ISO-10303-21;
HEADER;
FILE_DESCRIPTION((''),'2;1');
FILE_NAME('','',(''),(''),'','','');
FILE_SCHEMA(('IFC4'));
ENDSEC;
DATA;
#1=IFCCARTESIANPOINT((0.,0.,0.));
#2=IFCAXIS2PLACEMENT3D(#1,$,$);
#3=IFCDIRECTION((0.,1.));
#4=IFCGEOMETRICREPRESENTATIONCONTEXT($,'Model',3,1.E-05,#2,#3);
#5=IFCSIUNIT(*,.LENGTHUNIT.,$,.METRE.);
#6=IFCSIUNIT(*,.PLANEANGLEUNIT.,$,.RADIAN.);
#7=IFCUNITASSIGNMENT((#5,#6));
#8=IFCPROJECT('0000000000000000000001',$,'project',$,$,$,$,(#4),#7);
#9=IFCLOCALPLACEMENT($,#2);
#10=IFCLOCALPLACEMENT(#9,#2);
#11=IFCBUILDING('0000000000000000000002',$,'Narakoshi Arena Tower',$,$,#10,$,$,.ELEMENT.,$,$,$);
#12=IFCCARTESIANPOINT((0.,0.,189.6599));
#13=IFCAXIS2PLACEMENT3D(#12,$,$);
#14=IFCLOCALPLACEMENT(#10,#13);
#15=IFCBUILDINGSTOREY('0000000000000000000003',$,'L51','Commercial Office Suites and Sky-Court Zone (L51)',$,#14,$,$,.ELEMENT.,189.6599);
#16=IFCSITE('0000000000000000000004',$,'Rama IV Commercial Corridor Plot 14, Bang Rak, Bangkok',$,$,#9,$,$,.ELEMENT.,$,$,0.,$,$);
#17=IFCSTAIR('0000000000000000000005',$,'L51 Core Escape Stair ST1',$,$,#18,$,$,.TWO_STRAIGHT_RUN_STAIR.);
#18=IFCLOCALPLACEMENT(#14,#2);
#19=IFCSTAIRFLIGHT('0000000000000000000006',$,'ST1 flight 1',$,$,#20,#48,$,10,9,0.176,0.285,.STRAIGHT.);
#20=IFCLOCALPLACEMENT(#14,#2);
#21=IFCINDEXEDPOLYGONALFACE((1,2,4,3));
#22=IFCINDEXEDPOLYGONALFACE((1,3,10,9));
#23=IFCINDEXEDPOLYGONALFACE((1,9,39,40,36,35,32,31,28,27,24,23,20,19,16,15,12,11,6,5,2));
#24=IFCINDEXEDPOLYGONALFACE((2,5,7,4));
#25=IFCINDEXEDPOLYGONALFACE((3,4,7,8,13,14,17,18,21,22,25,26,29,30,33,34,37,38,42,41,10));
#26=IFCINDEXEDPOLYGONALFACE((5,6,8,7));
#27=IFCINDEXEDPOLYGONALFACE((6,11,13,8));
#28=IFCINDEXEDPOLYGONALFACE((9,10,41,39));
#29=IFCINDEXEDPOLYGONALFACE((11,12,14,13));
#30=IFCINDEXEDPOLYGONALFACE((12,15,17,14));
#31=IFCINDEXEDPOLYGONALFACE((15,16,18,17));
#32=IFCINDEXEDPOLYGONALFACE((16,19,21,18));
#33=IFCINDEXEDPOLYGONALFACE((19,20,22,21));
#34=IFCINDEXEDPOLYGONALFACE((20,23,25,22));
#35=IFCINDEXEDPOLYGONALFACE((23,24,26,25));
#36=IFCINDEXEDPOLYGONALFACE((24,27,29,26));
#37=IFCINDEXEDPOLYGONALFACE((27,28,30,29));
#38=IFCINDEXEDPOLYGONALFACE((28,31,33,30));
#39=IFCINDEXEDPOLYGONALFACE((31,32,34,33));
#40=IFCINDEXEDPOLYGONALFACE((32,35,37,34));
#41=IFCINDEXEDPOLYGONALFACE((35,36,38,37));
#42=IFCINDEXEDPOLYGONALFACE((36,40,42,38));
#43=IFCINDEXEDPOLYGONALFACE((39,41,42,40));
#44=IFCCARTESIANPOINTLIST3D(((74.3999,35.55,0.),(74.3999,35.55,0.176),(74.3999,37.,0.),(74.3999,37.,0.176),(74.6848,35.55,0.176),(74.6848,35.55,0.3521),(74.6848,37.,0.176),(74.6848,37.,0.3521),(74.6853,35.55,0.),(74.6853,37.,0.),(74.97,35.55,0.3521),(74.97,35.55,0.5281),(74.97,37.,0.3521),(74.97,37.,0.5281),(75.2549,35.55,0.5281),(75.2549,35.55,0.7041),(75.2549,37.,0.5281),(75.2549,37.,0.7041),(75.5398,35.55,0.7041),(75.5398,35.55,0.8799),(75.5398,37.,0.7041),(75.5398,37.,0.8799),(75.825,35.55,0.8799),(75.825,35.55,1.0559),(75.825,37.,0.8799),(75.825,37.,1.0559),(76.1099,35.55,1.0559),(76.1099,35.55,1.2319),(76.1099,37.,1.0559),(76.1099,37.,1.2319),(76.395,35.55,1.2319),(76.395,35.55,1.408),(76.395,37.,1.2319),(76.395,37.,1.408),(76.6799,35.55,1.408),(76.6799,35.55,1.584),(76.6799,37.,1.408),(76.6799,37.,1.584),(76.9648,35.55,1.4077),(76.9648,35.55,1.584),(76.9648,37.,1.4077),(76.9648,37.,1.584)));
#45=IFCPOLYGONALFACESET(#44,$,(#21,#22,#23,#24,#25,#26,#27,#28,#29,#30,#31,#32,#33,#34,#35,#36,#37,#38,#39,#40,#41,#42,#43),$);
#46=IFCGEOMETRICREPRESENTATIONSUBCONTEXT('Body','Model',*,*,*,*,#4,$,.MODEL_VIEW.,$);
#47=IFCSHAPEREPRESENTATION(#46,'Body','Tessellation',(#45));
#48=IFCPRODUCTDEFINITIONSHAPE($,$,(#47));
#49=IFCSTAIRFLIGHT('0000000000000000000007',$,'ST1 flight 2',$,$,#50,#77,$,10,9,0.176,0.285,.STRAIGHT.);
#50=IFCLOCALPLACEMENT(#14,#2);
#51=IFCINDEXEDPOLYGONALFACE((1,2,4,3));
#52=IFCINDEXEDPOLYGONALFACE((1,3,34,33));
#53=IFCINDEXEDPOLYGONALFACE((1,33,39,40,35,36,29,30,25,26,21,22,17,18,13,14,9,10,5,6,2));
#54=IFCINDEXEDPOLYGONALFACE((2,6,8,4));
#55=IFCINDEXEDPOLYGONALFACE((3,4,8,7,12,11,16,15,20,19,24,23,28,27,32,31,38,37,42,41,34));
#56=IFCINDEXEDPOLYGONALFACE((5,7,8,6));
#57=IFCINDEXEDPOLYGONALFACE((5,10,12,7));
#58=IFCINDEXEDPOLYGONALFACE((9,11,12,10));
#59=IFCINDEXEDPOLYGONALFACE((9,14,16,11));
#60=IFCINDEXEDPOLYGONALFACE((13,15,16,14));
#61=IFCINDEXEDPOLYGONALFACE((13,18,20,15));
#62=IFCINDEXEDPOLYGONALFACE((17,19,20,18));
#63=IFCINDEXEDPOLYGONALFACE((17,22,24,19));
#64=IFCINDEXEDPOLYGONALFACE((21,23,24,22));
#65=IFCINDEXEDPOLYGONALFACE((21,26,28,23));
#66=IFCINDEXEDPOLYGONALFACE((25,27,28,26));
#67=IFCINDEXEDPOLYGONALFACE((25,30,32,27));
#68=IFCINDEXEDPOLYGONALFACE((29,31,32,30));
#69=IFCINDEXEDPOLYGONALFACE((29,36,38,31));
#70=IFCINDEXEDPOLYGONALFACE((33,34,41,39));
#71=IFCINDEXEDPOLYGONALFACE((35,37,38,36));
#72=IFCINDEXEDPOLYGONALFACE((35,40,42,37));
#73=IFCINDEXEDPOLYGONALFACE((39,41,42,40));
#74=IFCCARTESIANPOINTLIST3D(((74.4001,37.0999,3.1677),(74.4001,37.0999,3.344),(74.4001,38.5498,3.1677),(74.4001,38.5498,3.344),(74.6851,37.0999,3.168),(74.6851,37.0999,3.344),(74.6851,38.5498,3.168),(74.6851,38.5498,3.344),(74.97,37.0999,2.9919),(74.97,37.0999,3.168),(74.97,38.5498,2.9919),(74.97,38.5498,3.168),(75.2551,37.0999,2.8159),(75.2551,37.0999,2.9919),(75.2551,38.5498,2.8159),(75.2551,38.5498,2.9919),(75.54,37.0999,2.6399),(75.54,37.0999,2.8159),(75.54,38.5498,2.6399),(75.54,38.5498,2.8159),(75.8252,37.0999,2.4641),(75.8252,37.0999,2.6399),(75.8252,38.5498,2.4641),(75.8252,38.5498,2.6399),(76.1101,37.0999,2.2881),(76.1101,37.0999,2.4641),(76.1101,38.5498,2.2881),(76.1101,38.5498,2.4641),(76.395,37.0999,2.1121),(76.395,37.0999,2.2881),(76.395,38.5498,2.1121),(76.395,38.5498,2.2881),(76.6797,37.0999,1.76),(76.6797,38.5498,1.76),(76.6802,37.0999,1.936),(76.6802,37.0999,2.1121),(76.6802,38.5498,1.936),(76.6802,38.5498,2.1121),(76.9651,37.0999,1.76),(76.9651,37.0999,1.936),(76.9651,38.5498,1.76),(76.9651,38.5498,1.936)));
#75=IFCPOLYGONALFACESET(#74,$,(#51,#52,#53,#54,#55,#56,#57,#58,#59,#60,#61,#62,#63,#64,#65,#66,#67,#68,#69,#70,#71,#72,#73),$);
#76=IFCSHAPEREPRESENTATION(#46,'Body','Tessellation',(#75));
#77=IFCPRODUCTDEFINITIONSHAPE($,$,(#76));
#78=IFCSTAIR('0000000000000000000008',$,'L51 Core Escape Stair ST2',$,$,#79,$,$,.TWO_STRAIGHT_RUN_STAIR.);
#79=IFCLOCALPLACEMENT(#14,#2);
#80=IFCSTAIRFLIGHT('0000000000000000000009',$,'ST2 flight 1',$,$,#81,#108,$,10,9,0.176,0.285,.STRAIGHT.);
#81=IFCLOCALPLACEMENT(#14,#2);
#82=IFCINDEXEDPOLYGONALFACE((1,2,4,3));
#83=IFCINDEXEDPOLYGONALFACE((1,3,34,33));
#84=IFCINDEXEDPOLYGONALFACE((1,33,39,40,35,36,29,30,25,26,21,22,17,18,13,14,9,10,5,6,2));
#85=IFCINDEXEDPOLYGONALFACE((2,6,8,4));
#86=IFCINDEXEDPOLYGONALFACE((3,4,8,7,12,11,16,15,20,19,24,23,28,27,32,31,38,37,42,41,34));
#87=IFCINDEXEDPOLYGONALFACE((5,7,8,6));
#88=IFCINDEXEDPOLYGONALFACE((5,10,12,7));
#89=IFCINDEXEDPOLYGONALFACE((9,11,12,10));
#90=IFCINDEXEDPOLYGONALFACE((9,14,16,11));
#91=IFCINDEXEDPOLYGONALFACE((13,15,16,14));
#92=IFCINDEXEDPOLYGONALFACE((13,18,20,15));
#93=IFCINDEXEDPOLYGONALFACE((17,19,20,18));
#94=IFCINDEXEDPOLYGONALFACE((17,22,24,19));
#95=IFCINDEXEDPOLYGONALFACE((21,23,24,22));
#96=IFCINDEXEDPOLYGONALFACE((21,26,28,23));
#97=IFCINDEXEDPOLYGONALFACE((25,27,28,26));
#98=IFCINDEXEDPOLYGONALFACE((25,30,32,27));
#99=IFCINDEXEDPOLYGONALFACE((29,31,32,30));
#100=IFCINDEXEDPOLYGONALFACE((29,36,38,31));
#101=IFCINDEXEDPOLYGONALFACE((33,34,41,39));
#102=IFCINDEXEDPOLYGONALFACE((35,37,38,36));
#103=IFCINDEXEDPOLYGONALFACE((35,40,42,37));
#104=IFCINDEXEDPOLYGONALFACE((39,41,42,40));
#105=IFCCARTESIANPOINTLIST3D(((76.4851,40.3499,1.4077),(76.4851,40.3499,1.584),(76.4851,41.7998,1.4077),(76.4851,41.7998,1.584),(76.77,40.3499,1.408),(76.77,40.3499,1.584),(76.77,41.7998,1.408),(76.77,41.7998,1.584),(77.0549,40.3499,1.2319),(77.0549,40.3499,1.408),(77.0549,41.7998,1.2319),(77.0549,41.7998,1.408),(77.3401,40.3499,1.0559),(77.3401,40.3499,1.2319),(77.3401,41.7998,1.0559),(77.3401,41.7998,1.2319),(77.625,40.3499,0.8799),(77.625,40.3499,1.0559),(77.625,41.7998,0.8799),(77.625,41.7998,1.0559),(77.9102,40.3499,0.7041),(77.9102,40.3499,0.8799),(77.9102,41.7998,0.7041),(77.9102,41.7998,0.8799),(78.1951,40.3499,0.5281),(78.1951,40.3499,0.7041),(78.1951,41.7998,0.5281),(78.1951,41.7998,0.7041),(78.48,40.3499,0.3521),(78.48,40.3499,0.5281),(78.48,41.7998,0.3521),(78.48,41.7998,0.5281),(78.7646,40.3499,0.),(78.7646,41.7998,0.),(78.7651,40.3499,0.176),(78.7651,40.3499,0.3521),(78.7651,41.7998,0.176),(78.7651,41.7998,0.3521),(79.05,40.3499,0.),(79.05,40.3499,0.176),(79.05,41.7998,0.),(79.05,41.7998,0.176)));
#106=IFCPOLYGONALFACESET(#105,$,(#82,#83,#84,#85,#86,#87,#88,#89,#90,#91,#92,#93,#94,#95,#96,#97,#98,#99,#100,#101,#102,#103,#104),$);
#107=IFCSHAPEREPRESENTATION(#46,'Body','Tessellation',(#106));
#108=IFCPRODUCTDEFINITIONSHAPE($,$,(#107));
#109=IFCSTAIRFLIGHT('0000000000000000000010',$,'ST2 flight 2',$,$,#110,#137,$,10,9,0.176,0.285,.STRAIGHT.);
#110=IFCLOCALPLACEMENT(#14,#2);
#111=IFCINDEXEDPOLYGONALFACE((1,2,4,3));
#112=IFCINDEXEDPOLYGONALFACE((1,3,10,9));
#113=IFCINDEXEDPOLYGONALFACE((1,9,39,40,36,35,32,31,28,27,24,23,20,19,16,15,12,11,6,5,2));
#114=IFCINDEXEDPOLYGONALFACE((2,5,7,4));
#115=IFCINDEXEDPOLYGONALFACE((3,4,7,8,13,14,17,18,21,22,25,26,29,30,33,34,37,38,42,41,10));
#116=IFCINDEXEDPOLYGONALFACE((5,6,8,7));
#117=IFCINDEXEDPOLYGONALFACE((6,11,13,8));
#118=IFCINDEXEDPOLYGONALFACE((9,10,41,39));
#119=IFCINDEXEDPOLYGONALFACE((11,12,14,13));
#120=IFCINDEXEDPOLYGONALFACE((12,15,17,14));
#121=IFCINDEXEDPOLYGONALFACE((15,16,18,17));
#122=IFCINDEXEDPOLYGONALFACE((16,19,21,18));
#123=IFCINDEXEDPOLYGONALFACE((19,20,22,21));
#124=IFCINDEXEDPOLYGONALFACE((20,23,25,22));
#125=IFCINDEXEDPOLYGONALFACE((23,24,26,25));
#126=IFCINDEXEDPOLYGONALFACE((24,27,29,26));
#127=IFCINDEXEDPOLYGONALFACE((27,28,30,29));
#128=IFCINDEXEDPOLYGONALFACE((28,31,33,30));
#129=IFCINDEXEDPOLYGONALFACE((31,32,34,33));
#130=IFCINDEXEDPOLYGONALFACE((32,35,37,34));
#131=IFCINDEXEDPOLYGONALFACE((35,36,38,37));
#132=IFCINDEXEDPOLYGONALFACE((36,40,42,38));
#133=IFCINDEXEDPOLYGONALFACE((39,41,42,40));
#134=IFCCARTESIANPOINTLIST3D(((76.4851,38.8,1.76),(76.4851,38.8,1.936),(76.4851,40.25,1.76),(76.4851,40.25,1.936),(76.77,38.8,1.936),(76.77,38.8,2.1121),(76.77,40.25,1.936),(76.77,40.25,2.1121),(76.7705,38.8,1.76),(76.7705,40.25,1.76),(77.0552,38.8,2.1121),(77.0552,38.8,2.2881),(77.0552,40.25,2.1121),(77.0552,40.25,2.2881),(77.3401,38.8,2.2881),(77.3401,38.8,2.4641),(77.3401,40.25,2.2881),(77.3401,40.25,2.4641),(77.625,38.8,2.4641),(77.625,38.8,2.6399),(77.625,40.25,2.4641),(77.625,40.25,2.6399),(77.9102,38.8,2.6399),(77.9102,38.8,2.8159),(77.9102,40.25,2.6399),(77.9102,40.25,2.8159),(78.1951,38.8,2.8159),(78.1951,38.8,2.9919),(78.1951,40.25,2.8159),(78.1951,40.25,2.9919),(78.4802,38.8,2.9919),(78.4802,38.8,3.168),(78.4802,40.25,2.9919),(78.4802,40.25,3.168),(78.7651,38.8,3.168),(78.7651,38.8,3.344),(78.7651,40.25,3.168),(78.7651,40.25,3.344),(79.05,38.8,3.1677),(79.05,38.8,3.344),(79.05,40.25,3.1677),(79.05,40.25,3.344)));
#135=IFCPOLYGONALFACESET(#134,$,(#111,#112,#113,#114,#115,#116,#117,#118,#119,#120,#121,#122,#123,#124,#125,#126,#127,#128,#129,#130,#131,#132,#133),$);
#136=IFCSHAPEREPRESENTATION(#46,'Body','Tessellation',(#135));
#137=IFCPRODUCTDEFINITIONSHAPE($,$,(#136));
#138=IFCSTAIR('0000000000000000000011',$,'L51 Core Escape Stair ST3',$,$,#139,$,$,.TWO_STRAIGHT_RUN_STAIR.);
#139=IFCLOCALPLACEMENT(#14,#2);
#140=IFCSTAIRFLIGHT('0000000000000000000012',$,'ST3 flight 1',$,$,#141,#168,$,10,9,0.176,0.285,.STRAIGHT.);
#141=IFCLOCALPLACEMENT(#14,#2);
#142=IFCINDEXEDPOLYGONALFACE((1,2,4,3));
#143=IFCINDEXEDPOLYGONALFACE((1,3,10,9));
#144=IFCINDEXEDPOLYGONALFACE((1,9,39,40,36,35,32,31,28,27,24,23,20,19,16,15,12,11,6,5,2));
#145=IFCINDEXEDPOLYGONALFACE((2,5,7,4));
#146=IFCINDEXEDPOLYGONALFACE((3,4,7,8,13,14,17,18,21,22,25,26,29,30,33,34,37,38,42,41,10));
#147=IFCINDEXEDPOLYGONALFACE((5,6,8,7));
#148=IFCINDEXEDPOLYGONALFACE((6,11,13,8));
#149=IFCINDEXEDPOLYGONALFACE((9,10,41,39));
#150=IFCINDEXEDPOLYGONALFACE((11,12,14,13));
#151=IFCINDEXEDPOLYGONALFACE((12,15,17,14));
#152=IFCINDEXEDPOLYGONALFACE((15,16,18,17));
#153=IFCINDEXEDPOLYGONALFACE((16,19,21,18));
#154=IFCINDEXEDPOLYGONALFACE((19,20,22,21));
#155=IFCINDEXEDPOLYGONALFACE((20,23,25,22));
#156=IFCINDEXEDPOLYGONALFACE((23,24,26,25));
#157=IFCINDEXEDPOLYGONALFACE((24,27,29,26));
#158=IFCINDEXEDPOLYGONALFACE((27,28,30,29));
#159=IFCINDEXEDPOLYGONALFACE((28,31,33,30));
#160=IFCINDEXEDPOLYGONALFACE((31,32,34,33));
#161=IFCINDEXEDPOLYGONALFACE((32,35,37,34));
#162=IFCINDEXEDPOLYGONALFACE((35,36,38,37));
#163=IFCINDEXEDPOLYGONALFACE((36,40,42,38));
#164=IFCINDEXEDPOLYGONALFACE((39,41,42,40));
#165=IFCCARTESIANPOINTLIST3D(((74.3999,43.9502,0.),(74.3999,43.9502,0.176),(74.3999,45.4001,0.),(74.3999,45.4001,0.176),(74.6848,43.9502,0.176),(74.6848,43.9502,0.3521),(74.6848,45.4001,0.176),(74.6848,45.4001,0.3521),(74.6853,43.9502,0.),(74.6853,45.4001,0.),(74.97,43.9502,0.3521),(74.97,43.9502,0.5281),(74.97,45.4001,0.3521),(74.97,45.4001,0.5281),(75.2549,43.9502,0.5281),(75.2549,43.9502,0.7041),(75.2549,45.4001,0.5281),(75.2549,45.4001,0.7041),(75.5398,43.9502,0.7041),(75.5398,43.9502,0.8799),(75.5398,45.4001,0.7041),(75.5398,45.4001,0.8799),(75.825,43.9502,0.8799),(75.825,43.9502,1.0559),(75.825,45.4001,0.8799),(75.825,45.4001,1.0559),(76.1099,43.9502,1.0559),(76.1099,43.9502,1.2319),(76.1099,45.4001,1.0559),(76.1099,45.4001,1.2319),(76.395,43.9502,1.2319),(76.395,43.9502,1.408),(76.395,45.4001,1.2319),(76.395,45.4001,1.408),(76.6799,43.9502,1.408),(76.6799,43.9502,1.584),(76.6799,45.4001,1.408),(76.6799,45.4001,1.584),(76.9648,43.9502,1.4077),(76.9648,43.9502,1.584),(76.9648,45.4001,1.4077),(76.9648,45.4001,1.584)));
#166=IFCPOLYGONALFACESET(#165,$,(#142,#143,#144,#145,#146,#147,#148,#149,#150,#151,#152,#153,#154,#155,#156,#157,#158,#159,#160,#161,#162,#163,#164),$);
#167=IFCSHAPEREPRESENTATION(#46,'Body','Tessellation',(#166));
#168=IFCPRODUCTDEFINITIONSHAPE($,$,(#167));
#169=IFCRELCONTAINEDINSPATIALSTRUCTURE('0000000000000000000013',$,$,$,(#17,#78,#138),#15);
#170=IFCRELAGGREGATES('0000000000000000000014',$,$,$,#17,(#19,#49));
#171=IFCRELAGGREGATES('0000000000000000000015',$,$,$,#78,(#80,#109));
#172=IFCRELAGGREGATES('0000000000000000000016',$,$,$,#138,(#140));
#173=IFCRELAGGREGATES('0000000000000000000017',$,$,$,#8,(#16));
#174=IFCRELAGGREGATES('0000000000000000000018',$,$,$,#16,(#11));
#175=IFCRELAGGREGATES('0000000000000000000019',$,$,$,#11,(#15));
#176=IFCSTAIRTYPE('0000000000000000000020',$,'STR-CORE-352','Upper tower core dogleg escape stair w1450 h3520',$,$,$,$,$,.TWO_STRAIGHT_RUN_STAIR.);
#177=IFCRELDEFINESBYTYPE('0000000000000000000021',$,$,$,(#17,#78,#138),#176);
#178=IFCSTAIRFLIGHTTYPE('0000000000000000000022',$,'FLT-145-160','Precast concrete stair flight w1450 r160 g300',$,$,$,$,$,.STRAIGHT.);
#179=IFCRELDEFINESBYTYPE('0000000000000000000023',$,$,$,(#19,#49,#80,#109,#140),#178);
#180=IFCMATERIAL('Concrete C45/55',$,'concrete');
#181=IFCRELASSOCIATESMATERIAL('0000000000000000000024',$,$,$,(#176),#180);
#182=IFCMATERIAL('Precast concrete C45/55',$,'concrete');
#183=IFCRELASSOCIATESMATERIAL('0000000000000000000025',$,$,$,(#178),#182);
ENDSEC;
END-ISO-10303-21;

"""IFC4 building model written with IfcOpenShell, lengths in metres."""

from ifc_helpers import new_model, si_unit, direction, frame, origin, place, context, subcontext, project, spatial, polyline, outline, extrude, material, type_object, element, aggregate, save


model = new_model("IFC4")

# Units and contexts
model_context = context("Model", 3, precision=1e-05, world=origin(), true_north=direction((0.0, 1.0)))
body_context = subcontext(model_context, "Body", "Model", "MODEL_VIEW")
ifc_project = project(units=[si_unit("LENGTHUNIT", "METRE"), si_unit("PLANEANGLEUNIT", "RADIAN")], contexts=[model_context])

# Site, building, storey
site_placement = place(None, origin())
site = spatial("IfcSite", under=ifc_project, at=site_placement, Name="Rama IV Commercial Corridor Plot 14, Bang Rak, Bangkok", CompositionType="ELEMENT", RefElevation=0.0)
building_placement = place(site_placement, origin())
building = spatial("IfcBuilding", under=site, at=building_placement, Name="Narakoshi Arena Tower", CompositionType="ELEMENT")
storey_placement = place(building_placement, frame((0.0, 0.0, 189.6599)))
storey = spatial("IfcBuildingStorey", under=building, at=storey_placement, Name="L51", Description="Commercial Office Suites and Sky-Court Zone (L51)", CompositionType="ELEMENT", Elevation=189.6599)

# Shared definitions
ifc_material_1 = material(Name="Precast concrete C45/55", Category="concrete")

# Stairs, stair flights
ifc_material_2 = material(Name="Concrete C45/55", Category="concrete")
stair_type = type_object("IfcStairType", Name="STR-CORE-352", Description="Upper tower core dogleg escape stair w1450 h3520", PredefinedType="TWO_STRAIGHT_RUN_STAIR", material=ifc_material_2)
stair_1_placement = place(storey_placement, origin())
stair_1 = element("IfcStair", 1, at=stair_1_placement, inside=storey, type_object=stair_type, Name="L51 Core Escape Stair ST1", PredefinedType="TWO_STRAIGHT_RUN_STAIR")
stair_flight_type = type_object("IfcStairFlightType", Name="FLT-145-160", Description="Precast concrete stair flight w1450 r160 g300", PredefinedType="STRAIGHT", material=ifc_material_1)
stair_flight_1_placement = place(storey_placement, frame((74.3999, 36.2749, 0.0), z_axis=(0.0, 0.0, 1.0), x_axis=(1.0, 0.0, 0.0)))
stair_flight_1 = element("IfcStairFlight", 2, at=stair_flight_1_placement, type_object=stair_flight_type, Name="ST1 flight 1", NumberOfRisers=10, NumberOfTreads=9, PredefinedType="STRAIGHT", RiserHeight=0.176, TreadLength=0.285, context=body_context, shape_type="SweptSolid", body=[
    extrude(outline(polyline([(0.0, 0.0), (0.0, 0.176), (0.2849, 0.176), (0.2849, 0.3521), (0.5701, 0.3521), (0.5701, 0.5281), (0.855, 0.5281), (0.855, 0.7041), (1.1399, 0.7041), (1.1399, 0.8799), (1.425, 0.8799), (1.425, 1.0559), (1.71, 1.0559), (1.71, 1.2319), (1.9951, 1.2319), (1.9951, 1.408), (2.28, 1.408), (2.28, 1.584), (2.5649, 1.584), (2.5649, 1.76), (2.5649, 1.4077), (0.2854, 0.0), (0.0, 0.0)])), frame((0.0, 0.7251, 0.0), z_axis=(0.0, -1.0, 0.0), x_axis=(1.0, 0.0, 0.0)), (0.0, 0.0, 1.0), 1.45),
])
stair_flight_2_placement = place(storey_placement, frame((76.9651, 37.825, 1.76), z_axis=(0.0, 0.0, 1.0), x_axis=(-1.0, 0.0, 0.0)))
stair_flight_2 = element("IfcStairFlight", 3, at=stair_flight_2_placement, type_object=stair_flight_type, Name="ST1 flight 2", NumberOfRisers=10, NumberOfTreads=9, PredefinedType="STRAIGHT", RiserHeight=0.176, TreadLength=0.285, context=body_context, shape_type="SweptSolid", body=[
    extrude(outline(polyline([(0.0, 0.0), (0.0, 0.176), (0.2849, 0.176), (0.2849, 0.3521), (0.5701, 0.3521), (0.5701, 0.5281), (0.855, 0.5281), (0.855, 0.7041), (1.1399, 0.7041), (1.1399, 0.8799), (1.425, 0.8799), (1.425, 1.0559), (1.71, 1.0559), (1.71, 1.2319), (1.9951, 1.2319), (1.9951, 1.408), (2.28, 1.408), (2.28, 1.584), (2.5649, 1.584), (2.5649, 1.76), (2.5649, 1.4077), (0.2854, 0.0), (0.0, 0.0)])), frame((0.0, 0.7251, 0.0), z_axis=(0.0, -1.0, 0.0), x_axis=(1.0, 0.0, 0.0)), (0.0, 0.0, 1.0), 1.45),
])
aggregate(stair_1, [stair_flight_1, stair_flight_2])
stair_2_placement = place(storey_placement, origin())
stair_2 = element("IfcStair", 4, at=stair_2_placement, inside=storey, type_object=stair_type, Name="L51 Core Escape Stair ST2", PredefinedType="TWO_STRAIGHT_RUN_STAIR")
stair_flight_3_placement = place(storey_placement, frame((79.05, 41.075, 0.0), z_axis=(0.0, 0.0, 1.0), x_axis=(-1.0, 0.0, 0.0)))
stair_flight_3 = element("IfcStairFlight", 5, at=stair_flight_3_placement, type_object=stair_flight_type, Name="ST2 flight 1", NumberOfRisers=10, NumberOfTreads=9, PredefinedType="STRAIGHT", RiserHeight=0.176, TreadLength=0.285, context=body_context, shape_type="SweptSolid", body=[
    extrude(outline(polyline([(0.0, 0.0), (0.0, 0.176), (0.2849, 0.176), (0.2849, 0.3521), (0.5701, 0.3521), (0.5701, 0.5281), (0.855, 0.5281), (0.855, 0.7041), (1.1399, 0.7041), (1.1399, 0.8799), (1.425, 0.8799), (1.425, 1.0559), (1.71, 1.0559), (1.71, 1.2319), (1.9951, 1.2319), (1.9951, 1.408), (2.28, 1.408), (2.28, 1.584), (2.5649, 1.584), (2.5649, 1.76), (2.5649, 1.4077), (0.2854, 0.0), (0.0, 0.0)])), frame((0.0, 0.7251, 0.0), z_axis=(0.0, -1.0, 0.0), x_axis=(1.0, 0.0, 0.0)), (0.0, 0.0, 1.0), 1.45),
])
stair_flight_4_placement = place(storey_placement, frame((76.4851, 39.5249, 1.76), z_axis=(0.0, 0.0, 1.0), x_axis=(1.0, 0.0, 0.0)))
stair_flight_4 = element("IfcStairFlight", 6, at=stair_flight_4_placement, type_object=stair_flight_type, Name="ST2 flight 2", NumberOfRisers=10, NumberOfTreads=9, PredefinedType="STRAIGHT", RiserHeight=0.176, TreadLength=0.285, context=body_context, shape_type="SweptSolid", body=[
    extrude(outline(polyline([(0.0, 0.0), (0.0, 0.176), (0.2849, 0.176), (0.2849, 0.3521), (0.5701, 0.3521), (0.5701, 0.5281), (0.855, 0.5281), (0.855, 0.7041), (1.1399, 0.7041), (1.1399, 0.8799), (1.425, 0.8799), (1.425, 1.0559), (1.71, 1.0559), (1.71, 1.2319), (1.9951, 1.2319), (1.9951, 1.408), (2.28, 1.408), (2.28, 1.584), (2.5649, 1.584), (2.5649, 1.76), (2.5649, 1.4077), (0.2854, 0.0), (0.0, 0.0)])), frame((0.0, 0.7251, 0.0), z_axis=(0.0, -1.0, 0.0), x_axis=(1.0, 0.0, 0.0)), (0.0, 0.0, 1.0), 1.45),
])
aggregate(stair_2, [stair_flight_3, stair_flight_4])

# Stair, stair flight
stair_3_placement = place(storey_placement, origin())
stair_3 = element("IfcStair", 7, at=stair_3_placement, inside=storey, type_object=stair_type, Name="L51 Core Escape Stair ST3", PredefinedType="TWO_STRAIGHT_RUN_STAIR")
stair_flight_5_placement = place(storey_placement, frame((74.3999, 44.675, 0.0), z_axis=(0.0, 0.0, 1.0), x_axis=(1.0, 0.0, 0.0)))
stair_flight_5 = element("IfcStairFlight", 8, at=stair_flight_5_placement, type_object=stair_flight_type, Name="ST3 flight 1", NumberOfRisers=10, NumberOfTreads=9, PredefinedType="STRAIGHT", RiserHeight=0.176, TreadLength=0.285, context=body_context, shape_type="SweptSolid", body=[
    extrude(outline(polyline([(0.0, 0.0), (0.0, 0.176), (0.2849, 0.176), (0.2849, 0.3521), (0.5701, 0.3521), (0.5701, 0.5281), (0.855, 0.5281), (0.855, 0.7041), (1.1399, 0.7041), (1.1399, 0.8799), (1.425, 0.8799), (1.425, 1.0559), (1.71, 1.0559), (1.71, 1.2319), (1.9951, 1.2319), (1.9951, 1.408), (2.28, 1.408), (2.28, 1.584), (2.5649, 1.584), (2.5649, 1.76), (2.5649, 1.4077), (0.2854, 0.0), (0.0, 0.0)])), frame((0.0, 0.7251, 0.0), z_axis=(0.0, -1.0, 0.0), x_axis=(1.0, 0.0, 0.0)), (0.0, 0.0, 1.0), 1.45),
])
aggregate(stair_3, [stair_flight_5])

save(model, "model.ifc")
